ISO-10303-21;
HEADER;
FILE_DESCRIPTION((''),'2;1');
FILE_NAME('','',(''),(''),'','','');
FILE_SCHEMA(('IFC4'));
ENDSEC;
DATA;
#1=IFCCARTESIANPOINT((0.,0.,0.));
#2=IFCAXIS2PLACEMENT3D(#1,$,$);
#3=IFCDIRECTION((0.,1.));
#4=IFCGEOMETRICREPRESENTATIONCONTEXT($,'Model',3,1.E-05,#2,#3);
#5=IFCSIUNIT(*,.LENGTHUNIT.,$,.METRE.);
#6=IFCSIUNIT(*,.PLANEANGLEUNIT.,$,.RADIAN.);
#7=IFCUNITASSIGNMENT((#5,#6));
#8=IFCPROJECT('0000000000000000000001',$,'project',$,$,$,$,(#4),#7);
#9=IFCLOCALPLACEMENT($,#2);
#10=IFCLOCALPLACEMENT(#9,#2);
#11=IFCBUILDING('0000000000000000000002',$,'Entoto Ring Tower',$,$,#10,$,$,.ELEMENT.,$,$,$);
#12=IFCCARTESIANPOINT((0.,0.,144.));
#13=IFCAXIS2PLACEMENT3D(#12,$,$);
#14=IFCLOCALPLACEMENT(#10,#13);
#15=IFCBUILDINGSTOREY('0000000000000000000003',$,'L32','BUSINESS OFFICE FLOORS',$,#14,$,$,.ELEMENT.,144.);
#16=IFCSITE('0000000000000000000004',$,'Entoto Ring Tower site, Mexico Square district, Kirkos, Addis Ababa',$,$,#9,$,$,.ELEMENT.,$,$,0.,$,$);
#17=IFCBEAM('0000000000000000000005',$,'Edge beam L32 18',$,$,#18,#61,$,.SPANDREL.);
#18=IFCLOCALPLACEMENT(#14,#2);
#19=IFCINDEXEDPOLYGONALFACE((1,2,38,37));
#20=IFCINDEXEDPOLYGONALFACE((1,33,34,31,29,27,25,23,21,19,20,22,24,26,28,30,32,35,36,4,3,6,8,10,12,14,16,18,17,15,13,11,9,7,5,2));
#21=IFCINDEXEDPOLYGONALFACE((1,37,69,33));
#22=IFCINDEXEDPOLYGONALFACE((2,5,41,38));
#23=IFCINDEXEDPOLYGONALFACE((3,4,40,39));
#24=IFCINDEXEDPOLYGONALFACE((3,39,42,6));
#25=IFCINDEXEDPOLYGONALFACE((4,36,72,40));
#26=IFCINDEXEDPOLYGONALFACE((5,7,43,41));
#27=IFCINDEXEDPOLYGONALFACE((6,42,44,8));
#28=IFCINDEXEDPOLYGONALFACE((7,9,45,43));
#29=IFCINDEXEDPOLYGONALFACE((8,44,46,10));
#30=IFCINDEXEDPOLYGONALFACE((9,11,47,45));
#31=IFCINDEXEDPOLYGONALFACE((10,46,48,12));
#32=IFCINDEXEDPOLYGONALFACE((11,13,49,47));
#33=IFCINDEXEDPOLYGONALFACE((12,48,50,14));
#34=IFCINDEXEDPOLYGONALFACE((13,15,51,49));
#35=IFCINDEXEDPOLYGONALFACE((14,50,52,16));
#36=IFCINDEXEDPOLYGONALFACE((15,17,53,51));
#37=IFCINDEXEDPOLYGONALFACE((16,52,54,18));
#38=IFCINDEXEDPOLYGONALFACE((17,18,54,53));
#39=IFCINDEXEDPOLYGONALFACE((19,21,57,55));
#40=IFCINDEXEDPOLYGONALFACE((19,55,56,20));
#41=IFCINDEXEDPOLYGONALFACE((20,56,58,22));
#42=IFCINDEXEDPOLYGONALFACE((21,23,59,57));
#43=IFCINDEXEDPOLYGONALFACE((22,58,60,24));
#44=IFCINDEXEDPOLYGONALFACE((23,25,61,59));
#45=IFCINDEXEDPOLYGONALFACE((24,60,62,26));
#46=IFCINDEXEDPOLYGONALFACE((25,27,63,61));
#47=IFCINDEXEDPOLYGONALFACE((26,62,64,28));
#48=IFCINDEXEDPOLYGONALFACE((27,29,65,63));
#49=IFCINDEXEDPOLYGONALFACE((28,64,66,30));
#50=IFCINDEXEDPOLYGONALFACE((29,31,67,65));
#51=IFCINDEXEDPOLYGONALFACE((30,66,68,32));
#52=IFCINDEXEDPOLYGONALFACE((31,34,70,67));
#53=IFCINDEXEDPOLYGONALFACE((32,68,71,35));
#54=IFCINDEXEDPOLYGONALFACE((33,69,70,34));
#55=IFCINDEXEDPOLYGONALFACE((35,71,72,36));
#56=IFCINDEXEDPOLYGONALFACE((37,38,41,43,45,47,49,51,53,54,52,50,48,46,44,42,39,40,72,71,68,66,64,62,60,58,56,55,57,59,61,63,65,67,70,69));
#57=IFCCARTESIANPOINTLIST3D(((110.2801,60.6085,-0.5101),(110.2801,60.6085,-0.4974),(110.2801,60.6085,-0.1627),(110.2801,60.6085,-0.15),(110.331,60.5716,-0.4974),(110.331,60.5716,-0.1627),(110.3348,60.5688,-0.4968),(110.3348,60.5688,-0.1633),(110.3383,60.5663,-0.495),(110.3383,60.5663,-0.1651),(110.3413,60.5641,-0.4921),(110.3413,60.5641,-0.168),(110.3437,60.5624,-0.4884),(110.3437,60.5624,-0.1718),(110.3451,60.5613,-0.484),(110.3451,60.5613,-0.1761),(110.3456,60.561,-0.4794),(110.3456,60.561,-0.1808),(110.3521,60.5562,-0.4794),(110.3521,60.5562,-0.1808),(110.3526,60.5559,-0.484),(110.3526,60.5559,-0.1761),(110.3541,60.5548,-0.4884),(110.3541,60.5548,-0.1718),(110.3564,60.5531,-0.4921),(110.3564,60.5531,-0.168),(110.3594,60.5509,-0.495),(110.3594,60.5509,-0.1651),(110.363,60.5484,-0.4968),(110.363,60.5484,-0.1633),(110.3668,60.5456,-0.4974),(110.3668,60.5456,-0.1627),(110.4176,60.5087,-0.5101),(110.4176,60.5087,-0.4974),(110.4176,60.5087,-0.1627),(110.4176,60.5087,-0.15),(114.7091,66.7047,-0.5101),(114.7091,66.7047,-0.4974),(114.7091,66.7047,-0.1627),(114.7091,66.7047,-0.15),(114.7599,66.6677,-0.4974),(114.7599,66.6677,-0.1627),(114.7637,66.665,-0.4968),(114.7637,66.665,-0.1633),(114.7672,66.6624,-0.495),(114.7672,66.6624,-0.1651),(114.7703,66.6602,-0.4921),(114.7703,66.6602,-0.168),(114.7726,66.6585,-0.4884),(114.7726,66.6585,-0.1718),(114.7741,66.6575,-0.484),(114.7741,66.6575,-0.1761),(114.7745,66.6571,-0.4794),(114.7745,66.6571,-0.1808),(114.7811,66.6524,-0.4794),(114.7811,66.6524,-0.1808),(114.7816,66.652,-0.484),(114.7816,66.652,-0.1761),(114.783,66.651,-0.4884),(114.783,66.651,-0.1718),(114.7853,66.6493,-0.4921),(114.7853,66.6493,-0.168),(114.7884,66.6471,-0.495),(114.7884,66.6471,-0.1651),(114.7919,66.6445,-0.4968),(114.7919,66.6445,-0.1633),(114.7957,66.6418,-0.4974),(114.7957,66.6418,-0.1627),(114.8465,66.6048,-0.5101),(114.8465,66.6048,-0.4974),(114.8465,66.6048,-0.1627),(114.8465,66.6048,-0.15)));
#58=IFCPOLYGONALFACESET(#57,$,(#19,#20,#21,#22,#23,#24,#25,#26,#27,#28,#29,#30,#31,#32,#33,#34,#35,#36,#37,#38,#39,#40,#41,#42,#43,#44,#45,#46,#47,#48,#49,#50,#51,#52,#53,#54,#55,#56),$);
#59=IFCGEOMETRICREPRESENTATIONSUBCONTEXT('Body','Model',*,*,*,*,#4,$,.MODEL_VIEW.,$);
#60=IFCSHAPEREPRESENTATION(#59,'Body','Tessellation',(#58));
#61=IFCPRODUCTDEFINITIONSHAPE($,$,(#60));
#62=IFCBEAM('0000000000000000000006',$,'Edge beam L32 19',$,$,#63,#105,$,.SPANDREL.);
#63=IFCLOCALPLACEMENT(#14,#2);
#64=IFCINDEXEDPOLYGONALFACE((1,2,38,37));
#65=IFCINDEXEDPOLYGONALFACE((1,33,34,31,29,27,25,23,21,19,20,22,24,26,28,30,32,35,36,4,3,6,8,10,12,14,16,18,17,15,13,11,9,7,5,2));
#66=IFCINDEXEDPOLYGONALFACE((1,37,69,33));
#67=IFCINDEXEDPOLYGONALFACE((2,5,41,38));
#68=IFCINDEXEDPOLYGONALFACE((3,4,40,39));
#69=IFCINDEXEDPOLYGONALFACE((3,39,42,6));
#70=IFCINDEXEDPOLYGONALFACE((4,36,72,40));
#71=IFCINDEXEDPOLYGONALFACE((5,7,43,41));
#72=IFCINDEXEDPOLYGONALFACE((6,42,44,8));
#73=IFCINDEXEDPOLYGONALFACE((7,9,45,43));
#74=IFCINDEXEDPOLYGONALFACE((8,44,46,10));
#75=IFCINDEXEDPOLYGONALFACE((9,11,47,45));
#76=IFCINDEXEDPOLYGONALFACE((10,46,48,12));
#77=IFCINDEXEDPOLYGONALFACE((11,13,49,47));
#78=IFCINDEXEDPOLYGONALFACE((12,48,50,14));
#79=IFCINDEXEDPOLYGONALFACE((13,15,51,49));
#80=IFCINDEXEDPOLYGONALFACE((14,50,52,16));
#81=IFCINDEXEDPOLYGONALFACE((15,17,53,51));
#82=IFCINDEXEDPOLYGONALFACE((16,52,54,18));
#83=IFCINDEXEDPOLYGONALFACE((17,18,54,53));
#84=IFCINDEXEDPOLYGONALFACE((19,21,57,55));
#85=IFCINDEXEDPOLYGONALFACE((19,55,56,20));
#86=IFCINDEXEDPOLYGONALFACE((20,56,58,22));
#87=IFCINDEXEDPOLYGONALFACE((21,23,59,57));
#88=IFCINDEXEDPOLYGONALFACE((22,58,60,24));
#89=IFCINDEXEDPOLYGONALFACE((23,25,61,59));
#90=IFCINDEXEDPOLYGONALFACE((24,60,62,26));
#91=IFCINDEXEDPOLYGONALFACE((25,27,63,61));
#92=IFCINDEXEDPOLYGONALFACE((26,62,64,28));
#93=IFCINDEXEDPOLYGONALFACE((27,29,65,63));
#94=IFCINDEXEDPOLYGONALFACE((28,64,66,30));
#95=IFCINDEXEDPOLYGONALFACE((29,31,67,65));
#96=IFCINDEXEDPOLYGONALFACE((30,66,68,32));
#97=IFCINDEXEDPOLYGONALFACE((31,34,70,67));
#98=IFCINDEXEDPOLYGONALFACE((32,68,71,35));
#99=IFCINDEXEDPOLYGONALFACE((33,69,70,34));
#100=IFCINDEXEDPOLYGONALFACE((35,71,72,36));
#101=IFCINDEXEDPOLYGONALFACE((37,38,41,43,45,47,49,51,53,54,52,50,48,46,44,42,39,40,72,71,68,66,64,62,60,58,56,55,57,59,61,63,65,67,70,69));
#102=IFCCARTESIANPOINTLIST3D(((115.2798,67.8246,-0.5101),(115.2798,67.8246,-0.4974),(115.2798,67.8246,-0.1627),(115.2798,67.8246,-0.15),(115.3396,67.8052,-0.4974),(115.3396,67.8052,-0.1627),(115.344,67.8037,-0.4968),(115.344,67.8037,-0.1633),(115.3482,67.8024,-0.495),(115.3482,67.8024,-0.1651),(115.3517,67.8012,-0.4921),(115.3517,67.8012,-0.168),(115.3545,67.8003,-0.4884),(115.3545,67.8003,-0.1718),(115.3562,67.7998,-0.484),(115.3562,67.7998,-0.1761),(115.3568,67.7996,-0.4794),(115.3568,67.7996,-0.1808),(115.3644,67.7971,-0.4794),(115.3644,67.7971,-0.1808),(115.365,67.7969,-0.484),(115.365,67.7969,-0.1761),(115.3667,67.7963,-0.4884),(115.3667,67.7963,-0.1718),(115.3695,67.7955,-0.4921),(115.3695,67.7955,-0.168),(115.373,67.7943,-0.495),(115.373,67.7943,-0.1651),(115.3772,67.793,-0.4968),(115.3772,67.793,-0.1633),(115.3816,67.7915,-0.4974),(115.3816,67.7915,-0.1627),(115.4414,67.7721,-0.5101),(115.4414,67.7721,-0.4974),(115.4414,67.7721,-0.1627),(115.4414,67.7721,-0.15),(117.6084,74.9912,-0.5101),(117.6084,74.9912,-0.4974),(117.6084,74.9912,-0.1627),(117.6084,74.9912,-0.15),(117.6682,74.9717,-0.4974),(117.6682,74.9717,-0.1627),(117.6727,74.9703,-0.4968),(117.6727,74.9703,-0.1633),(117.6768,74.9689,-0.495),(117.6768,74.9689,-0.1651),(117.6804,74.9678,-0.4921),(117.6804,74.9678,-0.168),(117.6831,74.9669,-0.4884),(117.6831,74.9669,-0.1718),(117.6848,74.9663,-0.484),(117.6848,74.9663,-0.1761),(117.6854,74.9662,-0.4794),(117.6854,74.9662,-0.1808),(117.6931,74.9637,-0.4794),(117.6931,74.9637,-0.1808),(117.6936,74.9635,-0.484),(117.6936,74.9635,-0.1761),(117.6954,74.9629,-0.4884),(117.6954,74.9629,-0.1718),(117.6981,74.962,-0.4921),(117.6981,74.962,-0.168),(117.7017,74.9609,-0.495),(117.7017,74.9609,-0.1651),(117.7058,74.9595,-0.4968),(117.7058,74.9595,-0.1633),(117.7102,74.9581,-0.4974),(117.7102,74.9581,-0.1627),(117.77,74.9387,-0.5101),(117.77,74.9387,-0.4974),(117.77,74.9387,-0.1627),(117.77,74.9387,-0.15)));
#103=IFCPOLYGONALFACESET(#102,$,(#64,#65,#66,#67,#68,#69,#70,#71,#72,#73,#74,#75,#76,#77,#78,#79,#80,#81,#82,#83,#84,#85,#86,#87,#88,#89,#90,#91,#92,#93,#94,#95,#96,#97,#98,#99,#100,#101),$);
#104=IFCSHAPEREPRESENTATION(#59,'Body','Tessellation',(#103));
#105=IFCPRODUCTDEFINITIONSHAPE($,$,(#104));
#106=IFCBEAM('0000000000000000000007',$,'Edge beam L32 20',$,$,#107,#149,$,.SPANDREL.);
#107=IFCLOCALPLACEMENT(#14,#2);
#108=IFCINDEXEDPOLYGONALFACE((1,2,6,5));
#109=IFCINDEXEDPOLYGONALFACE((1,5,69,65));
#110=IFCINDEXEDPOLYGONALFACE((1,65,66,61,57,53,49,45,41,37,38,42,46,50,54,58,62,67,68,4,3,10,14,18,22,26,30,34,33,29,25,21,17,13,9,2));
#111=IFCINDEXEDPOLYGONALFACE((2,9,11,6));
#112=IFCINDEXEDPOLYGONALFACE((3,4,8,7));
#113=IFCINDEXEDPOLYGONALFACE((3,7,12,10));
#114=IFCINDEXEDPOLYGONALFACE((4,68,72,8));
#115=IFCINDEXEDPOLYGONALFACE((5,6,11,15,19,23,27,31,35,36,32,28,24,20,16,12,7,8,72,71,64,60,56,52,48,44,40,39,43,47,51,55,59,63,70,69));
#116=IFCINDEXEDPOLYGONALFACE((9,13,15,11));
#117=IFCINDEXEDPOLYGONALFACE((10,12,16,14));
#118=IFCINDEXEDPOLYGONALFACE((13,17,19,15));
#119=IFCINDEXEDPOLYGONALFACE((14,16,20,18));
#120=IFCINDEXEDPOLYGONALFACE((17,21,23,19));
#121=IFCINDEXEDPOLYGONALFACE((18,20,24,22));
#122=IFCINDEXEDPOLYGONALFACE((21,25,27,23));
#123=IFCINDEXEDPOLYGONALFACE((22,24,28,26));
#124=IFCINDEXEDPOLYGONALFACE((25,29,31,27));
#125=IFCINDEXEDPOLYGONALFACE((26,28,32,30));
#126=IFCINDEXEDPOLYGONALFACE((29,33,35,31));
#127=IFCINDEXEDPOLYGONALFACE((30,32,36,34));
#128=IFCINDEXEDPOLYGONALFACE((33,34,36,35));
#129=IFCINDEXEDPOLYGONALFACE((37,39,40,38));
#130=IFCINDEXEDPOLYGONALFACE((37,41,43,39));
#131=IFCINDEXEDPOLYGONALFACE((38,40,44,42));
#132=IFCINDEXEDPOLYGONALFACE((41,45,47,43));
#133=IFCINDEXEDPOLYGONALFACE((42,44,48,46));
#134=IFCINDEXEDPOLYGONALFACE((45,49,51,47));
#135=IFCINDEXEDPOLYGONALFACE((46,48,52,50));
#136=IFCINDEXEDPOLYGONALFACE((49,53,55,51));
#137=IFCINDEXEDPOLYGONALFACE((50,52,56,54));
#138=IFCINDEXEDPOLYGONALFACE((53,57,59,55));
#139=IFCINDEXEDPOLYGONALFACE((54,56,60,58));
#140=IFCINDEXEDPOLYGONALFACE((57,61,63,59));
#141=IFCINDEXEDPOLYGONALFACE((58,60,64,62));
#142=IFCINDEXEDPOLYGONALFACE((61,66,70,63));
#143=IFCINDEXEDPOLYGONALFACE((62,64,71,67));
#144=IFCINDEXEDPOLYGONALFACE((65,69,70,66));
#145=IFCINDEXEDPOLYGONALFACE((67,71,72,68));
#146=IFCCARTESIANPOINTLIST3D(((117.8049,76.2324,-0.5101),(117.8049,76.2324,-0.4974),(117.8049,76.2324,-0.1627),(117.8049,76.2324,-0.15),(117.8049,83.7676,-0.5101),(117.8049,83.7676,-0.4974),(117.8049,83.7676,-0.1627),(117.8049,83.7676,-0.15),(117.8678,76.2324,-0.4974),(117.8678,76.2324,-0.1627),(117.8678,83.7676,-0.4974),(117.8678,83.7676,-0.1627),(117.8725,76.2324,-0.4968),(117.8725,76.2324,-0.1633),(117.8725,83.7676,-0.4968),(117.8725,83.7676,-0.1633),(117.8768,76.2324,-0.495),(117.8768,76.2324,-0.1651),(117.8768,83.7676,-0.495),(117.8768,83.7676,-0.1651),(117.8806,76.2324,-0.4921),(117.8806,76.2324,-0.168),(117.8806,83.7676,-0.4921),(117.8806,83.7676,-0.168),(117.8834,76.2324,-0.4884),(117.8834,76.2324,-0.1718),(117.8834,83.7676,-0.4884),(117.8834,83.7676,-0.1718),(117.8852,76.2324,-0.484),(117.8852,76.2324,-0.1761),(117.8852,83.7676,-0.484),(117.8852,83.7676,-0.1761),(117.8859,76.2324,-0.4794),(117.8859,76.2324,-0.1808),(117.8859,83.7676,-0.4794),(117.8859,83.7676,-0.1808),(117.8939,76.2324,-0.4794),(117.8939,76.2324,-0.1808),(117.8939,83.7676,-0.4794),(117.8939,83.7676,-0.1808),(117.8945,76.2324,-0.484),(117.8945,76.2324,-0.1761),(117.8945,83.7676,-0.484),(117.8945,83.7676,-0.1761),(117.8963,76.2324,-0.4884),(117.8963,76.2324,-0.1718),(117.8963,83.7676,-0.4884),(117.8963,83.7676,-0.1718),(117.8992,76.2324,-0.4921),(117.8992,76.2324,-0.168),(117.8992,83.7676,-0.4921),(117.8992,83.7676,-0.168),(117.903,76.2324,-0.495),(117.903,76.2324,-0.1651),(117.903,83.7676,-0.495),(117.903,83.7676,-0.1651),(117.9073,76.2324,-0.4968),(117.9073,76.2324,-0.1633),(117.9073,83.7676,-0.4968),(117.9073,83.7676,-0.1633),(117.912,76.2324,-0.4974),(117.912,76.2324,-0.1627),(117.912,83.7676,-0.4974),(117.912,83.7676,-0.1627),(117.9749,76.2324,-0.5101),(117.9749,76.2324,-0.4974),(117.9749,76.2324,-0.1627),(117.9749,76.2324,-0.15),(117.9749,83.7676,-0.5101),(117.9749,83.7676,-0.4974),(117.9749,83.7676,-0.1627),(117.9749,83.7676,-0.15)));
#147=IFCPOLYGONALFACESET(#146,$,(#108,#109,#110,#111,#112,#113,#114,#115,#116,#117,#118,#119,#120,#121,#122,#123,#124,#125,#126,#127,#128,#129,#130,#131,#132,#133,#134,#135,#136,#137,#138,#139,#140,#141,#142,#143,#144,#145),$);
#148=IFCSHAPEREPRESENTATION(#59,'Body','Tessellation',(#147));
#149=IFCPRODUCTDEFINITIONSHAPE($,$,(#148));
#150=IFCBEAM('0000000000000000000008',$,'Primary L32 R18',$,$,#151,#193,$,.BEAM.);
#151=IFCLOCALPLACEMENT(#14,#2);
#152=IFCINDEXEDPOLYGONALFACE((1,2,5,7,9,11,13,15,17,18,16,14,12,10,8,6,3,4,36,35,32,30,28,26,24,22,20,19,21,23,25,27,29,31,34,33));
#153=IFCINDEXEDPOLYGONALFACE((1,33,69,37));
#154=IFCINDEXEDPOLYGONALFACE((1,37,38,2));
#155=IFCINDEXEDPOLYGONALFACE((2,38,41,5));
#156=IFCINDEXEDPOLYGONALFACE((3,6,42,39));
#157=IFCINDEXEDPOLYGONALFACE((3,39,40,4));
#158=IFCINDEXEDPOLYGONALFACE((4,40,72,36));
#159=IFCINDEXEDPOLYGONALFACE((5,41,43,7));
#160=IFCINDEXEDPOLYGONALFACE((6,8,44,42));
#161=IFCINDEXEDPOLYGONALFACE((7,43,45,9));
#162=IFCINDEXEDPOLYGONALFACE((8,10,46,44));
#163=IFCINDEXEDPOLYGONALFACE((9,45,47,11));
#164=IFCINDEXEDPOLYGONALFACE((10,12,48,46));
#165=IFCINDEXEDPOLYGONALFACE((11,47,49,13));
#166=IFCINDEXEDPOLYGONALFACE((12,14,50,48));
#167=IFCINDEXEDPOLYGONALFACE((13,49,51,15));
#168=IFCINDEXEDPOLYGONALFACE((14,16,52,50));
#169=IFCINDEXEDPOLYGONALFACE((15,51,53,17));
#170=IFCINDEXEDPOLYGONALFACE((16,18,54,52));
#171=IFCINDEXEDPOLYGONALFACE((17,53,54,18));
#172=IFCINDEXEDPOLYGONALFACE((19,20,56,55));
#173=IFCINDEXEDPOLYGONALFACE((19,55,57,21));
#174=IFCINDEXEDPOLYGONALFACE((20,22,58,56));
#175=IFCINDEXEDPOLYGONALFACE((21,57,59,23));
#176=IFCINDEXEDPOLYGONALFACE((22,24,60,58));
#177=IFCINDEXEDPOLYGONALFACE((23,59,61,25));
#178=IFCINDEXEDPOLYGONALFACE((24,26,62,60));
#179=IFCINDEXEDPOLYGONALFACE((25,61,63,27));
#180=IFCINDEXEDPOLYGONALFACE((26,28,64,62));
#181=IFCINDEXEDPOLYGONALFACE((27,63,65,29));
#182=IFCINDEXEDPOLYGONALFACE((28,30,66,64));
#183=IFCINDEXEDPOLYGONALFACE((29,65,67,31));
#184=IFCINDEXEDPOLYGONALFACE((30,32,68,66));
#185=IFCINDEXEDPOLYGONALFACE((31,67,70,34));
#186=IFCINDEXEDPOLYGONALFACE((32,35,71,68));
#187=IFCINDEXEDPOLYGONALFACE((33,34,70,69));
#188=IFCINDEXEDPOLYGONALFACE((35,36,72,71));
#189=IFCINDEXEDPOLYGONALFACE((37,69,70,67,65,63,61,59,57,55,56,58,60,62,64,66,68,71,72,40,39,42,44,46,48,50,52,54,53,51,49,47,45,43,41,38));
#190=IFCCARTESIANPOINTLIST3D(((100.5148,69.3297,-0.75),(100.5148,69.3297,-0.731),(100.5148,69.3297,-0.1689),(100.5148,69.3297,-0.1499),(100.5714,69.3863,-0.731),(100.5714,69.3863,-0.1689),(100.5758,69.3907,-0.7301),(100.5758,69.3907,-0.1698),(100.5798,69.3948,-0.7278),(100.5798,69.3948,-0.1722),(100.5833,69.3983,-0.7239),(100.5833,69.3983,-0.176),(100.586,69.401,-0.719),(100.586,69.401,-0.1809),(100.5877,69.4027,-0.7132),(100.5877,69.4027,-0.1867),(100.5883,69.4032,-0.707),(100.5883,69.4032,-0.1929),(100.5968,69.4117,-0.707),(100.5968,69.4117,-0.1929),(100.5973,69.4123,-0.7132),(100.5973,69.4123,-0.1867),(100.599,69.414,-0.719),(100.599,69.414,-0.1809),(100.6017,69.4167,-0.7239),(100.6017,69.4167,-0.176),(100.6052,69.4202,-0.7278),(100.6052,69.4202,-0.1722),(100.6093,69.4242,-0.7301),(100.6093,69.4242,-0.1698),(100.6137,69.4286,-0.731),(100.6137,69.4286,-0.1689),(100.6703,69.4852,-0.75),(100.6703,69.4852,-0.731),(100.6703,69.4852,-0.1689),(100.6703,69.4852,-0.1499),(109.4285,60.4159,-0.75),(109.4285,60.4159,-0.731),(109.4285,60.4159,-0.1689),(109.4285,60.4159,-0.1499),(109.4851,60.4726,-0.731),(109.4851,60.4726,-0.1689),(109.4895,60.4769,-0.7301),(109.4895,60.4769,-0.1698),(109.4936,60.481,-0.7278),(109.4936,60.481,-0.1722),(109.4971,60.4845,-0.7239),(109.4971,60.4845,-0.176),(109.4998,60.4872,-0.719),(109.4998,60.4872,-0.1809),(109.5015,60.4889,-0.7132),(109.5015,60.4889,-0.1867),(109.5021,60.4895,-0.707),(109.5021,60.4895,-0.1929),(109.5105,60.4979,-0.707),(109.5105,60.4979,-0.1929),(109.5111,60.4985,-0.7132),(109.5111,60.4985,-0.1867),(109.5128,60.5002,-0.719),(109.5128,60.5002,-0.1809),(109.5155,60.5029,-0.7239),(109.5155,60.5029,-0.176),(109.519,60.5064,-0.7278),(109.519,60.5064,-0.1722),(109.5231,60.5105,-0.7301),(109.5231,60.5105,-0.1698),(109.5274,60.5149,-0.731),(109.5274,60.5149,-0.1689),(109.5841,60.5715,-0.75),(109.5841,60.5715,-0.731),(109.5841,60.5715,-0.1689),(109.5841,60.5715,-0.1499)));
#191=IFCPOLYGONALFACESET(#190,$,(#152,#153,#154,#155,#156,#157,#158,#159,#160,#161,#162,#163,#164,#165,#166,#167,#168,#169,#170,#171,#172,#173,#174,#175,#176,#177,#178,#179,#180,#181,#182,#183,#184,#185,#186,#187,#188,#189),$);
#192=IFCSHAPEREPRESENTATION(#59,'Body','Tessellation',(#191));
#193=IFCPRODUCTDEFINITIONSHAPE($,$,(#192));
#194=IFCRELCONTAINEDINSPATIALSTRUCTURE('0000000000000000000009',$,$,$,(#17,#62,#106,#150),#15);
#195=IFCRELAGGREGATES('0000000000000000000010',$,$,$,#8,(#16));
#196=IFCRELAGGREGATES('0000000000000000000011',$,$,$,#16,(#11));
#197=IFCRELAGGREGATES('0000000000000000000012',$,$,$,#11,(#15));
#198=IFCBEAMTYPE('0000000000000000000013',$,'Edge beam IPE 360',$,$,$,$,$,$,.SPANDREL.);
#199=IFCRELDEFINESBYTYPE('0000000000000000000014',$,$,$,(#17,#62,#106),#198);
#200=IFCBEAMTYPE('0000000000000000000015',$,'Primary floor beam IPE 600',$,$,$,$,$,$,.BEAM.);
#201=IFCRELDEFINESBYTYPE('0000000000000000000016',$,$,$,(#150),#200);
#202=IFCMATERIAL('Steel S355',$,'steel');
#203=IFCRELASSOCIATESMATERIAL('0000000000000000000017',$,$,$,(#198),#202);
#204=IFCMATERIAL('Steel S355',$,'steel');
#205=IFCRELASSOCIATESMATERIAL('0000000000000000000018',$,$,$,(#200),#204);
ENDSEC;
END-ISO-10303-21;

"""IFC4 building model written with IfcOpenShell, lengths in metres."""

from ifc_helpers import new_model, si_unit, direction, frame, origin, origin_2d, place, context, subcontext, project, spatial, i_section, extrude, material, material_profile, profile_set, type_object, element, save


model = new_model("IFC4")

# Units and contexts
model_context = context("Model", 3, precision=1e-05, world=origin(), true_north=direction((0.0, 1.0)))
body_context = subcontext(model_context, "Body", "Model", "MODEL_VIEW")
ifc_project = project(units=[si_unit("LENGTHUNIT", "METRE"), si_unit("PLANEANGLEUNIT", "RADIAN")], contexts=[model_context])

# Site, building, storey
site_placement = place(None, origin())
site = spatial("IfcSite", under=ifc_project, at=site_placement, Name="Entoto Ring Tower site, Mexico Square district, Kirkos, Addis Ababa", CompositionType="ELEMENT", RefElevation=0.0)
building_placement = place(site_placement, origin())
building = spatial("IfcBuilding", under=site, at=building_placement, Name="Entoto Ring Tower", CompositionType="ELEMENT")
storey_placement = place(building_placement, frame((0.0, 0.0, 144.0)))
storey = spatial("IfcBuildingStorey", under=building, at=storey_placement, Name="L32", Description="BUSINESS OFFICE FLOORS", CompositionType="ELEMENT", Elevation=144.0)

# Beams
ifc_material_1 = material(Name="Steel S355", Category="steel")
ifc_material_profile_1 = material_profile(ifc_material_1, i_section(OverallWidth=0.1699, OverallDepth=0.3601, WebThickness=0.0081, FlangeThickness=0.0127, FilletRadius=0.0181, at=origin_2d()), Name="IPE 360")
ifc_profile_set_1 = profile_set([ifc_material_profile_1], Name="Steel S355")
beam_type_1 = type_object("IfcBeamType", Name="Edge beam IPE 360", PredefinedType="SPANDREL", material=ifc_profile_set_1)
for number, where, z_axis, x_axis, name in (
    (1, (110.3489, 60.5586, -0.3301), (0.587769, 0.809029, 0.0), (-0.809029, 0.587769, 0.0), "Edge beam L32 18"),
):
    element("IfcBeam", number, at=place(storey_placement, frame(where, z_axis=z_axis, x_axis=x_axis)), inside=storey, type_object=beam_type_1, Name=name, PredefinedType="SPANDREL", context=body_context, shape_type="SweptSolid", body=[
        extrude(i_section(OverallWidth=0.1699, OverallDepth=0.3601, WebThickness=0.0081, FlangeThickness=0.0127, FilletRadius=0.0181, at=origin_2d()), origin(), (0.0, 0.0, 1.0), 7.5352),
    ])
beam_1_placement = place(storey_placement, frame((115.3606, 67.7983, -0.3301), z_axis=(0.309026, 0.951054, 0.0), x_axis=(-0.951054, 0.309026, 0.0)))
element("IfcBeam", 2, at=beam_1_placement, inside=storey, type_object=beam_type_1, Name="Edge beam L32 19", PredefinedType="SPANDREL", context=body_context, shape_type="SweptSolid", body=[
    extrude(i_section(OverallWidth=0.1699, OverallDepth=0.3601, WebThickness=0.0081, FlangeThickness=0.0127, FilletRadius=0.0181, at=origin_2d()), origin(), (0.0, 0.0, 1.0), 7.5354),
])
beam_2_placement = place(storey_placement, frame((117.8899, 76.2324, -0.3301), z_axis=(0.0, 1.0, 0.0), x_axis=(-1.0, 0.0, 0.0)))
element("IfcBeam", 3, at=beam_2_placement, inside=storey, type_object=beam_type_1, Name="Edge beam L32 20", PredefinedType="SPANDREL", context=body_context, shape_type="SweptSolid", body=[
    extrude(i_section(OverallWidth=0.1699, OverallDepth=0.3601, WebThickness=0.0081, FlangeThickness=0.0127, FilletRadius=0.0181, at=origin_2d()), origin(), (0.0, 0.0, 1.0), 7.5352),
])
ifc_material_2 = material(Name="Steel S355", Category="steel")
ifc_material_profile_2 = material_profile(ifc_material_2, i_section(OverallWidth=0.22, OverallDepth=0.6001, WebThickness=0.012, FlangeThickness=0.019, FilletRadius=0.0239, at=origin_2d()), Name="IPE 600")
ifc_profile_set_2 = profile_set([ifc_material_profile_2], Name="Steel S355")
beam_type_2 = type_object("IfcBeamType", Name="Primary floor beam IPE 600", PredefinedType="BEAM", material=ifc_profile_set_2)
beam_3_placement = place(storey_placement, frame((100.5925, 69.4075, -0.45), z_axis=(0.707107, -0.707107, 0.0), x_axis=(0.707107, 0.707107, 0.0)))
element("IfcBeam", 4, at=beam_3_placement, inside=storey, type_object=beam_type_2, Name="Primary L32 R18", PredefinedType="BEAM", context=body_context, shape_type="SweptSolid", body=[
    extrude(i_section(OverallWidth=0.22, OverallDepth=0.6001, WebThickness=0.012, FlangeThickness=0.019, FilletRadius=0.0239, at=origin_2d()), origin(), (0.0, 0.0, 1.0), 12.606),
])

save(model, "model.ifc")
